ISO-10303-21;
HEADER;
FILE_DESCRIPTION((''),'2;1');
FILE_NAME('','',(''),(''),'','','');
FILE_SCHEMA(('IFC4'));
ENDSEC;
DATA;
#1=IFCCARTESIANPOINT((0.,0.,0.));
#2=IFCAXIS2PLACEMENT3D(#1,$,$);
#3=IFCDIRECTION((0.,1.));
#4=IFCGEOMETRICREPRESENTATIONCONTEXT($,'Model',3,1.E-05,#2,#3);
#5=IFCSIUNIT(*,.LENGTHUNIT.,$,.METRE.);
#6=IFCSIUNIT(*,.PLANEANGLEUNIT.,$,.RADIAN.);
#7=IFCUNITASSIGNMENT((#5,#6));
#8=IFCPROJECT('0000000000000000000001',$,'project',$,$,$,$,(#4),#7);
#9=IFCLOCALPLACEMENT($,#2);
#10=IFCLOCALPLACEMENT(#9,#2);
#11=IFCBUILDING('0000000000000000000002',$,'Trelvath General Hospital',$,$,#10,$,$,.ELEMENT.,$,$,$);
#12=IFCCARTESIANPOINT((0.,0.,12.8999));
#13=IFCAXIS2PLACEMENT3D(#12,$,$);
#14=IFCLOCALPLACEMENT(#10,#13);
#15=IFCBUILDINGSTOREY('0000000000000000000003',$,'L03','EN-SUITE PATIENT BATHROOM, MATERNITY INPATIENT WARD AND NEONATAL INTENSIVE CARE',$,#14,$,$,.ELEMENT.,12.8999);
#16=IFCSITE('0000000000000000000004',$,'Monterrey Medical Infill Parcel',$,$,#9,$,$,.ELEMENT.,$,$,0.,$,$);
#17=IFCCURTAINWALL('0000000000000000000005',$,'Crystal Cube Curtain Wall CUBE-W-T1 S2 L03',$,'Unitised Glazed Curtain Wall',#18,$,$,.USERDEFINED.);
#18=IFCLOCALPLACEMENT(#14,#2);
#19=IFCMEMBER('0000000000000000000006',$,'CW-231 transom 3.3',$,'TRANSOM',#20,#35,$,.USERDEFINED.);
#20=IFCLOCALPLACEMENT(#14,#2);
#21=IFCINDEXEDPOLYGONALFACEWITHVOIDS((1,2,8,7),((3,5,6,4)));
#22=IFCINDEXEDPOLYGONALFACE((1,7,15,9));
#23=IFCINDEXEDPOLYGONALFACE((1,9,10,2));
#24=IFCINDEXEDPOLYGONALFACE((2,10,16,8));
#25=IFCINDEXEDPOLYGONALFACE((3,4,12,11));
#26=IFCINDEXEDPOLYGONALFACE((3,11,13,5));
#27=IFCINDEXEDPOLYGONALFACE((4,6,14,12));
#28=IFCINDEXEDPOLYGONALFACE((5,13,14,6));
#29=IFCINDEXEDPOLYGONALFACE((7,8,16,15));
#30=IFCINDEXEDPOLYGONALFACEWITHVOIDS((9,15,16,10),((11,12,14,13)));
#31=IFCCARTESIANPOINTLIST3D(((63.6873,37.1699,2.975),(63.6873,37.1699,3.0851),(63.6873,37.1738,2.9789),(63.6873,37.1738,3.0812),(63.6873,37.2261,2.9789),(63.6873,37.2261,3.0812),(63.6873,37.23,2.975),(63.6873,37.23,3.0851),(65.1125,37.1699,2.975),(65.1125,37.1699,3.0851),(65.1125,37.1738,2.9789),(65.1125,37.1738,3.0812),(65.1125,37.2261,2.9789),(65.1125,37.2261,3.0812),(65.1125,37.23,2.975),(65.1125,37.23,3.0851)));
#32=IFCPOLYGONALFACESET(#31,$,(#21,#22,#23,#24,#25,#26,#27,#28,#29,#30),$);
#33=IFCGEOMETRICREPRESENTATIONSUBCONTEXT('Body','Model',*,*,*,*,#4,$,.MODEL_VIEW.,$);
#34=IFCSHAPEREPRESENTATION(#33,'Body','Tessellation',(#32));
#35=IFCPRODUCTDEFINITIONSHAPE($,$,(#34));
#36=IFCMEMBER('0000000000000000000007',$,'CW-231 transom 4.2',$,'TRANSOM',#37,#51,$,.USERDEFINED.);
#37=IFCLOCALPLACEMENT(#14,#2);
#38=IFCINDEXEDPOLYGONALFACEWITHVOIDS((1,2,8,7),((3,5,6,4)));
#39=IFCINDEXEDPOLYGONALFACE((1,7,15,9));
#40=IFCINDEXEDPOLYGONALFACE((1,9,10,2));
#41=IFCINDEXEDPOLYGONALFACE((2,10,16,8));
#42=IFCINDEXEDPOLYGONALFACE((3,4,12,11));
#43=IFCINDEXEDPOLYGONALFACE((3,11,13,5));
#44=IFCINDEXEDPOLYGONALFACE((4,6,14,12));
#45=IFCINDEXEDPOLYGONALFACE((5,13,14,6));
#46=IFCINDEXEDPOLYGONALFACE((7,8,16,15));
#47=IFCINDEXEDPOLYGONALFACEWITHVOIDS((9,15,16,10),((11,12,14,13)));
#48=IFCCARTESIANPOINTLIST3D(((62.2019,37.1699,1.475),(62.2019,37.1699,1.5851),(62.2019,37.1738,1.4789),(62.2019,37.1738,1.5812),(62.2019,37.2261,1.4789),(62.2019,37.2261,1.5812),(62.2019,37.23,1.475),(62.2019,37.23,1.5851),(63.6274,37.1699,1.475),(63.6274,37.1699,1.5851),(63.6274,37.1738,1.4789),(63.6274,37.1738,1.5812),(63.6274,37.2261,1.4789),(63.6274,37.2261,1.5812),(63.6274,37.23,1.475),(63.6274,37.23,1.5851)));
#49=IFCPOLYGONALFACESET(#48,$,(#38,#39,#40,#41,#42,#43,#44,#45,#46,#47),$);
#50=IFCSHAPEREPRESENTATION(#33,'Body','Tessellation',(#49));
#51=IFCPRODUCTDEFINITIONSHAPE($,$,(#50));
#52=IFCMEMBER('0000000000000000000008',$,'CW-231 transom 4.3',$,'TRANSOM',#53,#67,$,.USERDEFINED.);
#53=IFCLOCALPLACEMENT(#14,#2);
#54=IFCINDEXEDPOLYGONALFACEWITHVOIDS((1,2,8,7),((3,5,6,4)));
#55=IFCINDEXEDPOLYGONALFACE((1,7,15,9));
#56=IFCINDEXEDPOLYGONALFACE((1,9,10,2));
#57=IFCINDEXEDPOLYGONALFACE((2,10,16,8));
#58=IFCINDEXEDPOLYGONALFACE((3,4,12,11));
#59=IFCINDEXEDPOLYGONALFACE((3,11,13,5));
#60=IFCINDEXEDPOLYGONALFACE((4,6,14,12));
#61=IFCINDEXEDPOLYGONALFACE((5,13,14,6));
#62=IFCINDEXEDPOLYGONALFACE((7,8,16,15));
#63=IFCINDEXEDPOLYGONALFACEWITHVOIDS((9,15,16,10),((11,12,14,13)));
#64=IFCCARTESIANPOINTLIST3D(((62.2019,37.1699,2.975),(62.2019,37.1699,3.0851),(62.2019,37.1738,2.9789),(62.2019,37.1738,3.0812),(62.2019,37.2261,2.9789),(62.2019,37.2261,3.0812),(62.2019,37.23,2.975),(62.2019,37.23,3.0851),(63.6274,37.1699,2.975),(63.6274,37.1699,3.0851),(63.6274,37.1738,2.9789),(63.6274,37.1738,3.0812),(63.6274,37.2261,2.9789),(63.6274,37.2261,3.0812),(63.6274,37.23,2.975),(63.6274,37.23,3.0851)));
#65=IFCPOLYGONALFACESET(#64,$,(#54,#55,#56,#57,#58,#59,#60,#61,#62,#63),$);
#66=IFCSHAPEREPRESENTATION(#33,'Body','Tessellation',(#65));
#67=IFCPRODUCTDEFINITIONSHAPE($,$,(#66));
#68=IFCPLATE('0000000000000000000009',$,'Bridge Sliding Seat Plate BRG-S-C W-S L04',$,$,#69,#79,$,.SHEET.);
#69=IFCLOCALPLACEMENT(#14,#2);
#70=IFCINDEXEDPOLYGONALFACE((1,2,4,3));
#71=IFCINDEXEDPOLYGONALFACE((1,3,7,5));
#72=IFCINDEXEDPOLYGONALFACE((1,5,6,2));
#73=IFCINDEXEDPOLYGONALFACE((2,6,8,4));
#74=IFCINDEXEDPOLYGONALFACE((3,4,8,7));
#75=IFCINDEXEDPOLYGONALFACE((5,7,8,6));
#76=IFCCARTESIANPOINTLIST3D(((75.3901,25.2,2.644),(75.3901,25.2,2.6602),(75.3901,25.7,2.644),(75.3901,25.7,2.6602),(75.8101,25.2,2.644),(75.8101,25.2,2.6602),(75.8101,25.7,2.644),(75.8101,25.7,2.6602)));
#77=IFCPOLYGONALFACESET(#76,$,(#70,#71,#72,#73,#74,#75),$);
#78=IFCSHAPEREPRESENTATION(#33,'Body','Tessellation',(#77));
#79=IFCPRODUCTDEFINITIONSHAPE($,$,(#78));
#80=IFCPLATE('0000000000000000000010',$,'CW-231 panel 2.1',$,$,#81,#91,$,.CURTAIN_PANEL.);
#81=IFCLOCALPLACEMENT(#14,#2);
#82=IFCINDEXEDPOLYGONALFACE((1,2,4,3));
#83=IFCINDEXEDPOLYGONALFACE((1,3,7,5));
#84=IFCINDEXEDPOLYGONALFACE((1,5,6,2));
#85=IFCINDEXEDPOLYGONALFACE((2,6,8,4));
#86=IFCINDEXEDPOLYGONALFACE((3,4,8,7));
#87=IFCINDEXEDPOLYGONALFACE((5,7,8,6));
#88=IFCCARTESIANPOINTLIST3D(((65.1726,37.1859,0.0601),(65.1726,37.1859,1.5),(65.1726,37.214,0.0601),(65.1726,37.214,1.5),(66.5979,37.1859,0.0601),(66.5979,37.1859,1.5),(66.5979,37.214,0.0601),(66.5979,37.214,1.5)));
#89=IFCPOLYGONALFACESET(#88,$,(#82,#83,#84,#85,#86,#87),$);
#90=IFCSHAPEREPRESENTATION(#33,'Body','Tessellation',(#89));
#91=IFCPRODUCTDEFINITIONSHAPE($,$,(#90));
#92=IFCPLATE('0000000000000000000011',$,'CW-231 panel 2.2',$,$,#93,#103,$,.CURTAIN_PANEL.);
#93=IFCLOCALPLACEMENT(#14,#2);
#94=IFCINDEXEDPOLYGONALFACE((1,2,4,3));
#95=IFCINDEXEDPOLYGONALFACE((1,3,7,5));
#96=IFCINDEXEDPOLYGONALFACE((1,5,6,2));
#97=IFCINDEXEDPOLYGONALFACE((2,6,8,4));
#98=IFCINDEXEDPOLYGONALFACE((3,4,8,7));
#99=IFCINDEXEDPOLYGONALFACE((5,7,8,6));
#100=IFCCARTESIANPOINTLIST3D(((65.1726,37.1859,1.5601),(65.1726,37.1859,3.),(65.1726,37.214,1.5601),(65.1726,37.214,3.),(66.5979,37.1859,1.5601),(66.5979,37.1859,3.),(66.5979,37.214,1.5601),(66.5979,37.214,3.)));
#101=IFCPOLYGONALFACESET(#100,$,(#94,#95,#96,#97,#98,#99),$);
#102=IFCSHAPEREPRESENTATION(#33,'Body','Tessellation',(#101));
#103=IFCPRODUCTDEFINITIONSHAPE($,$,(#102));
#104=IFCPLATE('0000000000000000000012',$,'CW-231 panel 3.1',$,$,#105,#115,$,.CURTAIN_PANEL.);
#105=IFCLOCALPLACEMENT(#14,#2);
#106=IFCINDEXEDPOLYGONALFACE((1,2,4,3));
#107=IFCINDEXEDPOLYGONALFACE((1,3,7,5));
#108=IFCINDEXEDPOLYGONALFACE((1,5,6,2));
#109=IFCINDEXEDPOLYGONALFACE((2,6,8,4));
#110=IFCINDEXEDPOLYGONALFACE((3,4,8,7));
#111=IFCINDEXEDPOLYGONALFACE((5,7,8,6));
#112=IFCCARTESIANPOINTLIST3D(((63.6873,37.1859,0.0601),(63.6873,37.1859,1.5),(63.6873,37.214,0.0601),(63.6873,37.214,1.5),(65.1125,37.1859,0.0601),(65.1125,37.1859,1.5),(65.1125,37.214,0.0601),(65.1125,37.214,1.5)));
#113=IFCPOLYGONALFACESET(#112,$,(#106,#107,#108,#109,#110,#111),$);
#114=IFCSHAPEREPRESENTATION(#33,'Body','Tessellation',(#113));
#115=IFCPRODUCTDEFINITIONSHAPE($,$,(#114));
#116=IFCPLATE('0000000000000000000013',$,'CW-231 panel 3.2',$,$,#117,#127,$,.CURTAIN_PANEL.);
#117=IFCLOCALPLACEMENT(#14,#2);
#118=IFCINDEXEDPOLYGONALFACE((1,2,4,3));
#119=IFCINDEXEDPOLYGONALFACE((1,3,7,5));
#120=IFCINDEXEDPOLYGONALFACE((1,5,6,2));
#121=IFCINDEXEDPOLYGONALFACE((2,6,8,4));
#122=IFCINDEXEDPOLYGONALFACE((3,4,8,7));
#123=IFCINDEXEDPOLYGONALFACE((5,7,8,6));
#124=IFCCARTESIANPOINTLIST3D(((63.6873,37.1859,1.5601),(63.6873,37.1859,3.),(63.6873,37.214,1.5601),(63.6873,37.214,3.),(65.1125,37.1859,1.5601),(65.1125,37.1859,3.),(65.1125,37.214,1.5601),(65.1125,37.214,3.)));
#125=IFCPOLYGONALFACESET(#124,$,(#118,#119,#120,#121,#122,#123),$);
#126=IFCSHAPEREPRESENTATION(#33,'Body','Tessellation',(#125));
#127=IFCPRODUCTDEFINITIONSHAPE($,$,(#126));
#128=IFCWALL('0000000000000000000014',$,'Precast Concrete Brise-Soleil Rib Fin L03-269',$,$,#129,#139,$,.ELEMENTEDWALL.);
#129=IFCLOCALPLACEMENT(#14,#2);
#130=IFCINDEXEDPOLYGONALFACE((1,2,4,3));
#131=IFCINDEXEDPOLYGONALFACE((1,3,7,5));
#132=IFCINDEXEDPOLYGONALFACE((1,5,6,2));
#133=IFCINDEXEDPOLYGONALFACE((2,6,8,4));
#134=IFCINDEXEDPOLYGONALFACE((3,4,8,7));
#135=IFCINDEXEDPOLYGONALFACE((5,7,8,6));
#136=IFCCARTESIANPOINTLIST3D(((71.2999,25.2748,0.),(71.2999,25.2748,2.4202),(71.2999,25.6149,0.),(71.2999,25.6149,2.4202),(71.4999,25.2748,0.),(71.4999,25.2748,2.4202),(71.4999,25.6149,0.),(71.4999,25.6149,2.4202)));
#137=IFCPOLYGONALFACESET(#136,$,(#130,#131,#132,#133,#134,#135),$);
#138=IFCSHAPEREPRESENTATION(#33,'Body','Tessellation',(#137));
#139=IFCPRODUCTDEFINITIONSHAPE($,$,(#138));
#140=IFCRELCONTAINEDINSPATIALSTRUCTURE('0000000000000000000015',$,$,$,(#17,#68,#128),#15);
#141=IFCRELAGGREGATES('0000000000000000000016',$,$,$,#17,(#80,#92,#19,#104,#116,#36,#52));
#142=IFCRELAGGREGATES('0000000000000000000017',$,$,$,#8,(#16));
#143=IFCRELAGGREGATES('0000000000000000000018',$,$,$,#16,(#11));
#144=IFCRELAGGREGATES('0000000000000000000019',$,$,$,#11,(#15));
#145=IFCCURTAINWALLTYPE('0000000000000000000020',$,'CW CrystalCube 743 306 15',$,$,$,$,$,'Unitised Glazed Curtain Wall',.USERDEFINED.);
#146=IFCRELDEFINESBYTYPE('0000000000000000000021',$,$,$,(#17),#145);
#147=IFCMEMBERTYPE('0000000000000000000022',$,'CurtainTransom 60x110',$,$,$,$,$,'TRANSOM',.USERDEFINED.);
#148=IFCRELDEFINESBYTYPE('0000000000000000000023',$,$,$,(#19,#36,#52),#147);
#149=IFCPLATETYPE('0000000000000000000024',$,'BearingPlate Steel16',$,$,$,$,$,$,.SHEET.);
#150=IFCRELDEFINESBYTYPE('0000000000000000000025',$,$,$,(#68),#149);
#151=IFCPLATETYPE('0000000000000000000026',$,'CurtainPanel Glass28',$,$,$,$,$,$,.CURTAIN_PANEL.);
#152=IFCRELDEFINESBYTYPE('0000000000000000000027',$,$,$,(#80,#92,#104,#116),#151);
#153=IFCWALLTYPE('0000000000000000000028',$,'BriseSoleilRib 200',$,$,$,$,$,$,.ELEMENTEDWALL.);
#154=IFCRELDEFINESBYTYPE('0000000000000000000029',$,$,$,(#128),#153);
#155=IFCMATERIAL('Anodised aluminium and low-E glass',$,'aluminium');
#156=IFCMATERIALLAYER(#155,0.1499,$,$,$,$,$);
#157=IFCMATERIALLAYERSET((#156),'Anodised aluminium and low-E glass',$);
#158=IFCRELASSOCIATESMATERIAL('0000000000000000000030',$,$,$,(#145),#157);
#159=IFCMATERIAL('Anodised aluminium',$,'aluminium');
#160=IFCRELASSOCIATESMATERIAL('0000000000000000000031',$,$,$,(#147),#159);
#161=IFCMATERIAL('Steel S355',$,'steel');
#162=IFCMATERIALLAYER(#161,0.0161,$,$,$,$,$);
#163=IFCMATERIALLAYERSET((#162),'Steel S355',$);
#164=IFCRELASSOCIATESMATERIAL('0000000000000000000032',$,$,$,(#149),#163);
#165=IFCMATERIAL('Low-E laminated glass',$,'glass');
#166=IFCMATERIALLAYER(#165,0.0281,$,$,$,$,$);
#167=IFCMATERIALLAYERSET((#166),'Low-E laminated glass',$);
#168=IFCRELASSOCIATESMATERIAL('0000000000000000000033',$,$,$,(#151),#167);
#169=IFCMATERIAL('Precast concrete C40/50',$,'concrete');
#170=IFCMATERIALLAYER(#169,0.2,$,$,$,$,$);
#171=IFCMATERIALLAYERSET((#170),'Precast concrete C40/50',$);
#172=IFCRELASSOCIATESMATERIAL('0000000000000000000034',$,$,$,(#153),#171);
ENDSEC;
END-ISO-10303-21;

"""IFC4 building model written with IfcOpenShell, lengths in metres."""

from ifc_helpers import new_model, si_unit, direction, frame, frame_2d, origin, origin_2d, place, context, subcontext, project, spatial, rectangle, hollow_rectangle, extrude, material, layer, layer_set, material_profile, profile_set, type_object, element, aggregate, save


model = new_model("IFC4")

# Units and contexts
model_context = context("Model", 3, precision=1e-05, world=origin(), true_north=direction((0.0, 1.0)))
body_context = subcontext(model_context, "Body", "Model", "MODEL_VIEW")
ifc_project = project(units=[si_unit("LENGTHUNIT", "METRE"), si_unit("PLANEANGLEUNIT", "RADIAN")], contexts=[model_context])

# Site, building, storey
site_placement = place(None, origin())
site = spatial("IfcSite", under=ifc_project, at=site_placement, Name="Monterrey Medical Infill Parcel", CompositionType="ELEMENT", RefElevation=0.0)
building_placement = place(site_placement, origin())
building = spatial("IfcBuilding", under=site, at=building_placement, Name="Trelvath General Hospital", CompositionType="ELEMENT")
storey_placement = place(building_placement, frame((0.0, 0.0, 12.8999)))
storey = spatial("IfcBuildingStorey", under=building, at=storey_placement, Name="L03", Description="EN-SUITE PATIENT BATHROOM, MATERNITY INPATIENT WARD AND NEONATAL INTENSIVE CARE", CompositionType="ELEMENT", Elevation=12.8999)

# Curtain wall, members
ifc_material_1 = material(Name="Anodised aluminium and low-E glass", Category="aluminium")
ifc_layer_1 = layer(ifc_material_1, 0.1499)
ifc_layer_set_1 = layer_set([ifc_layer_1], Name="Anodised aluminium and low-E glass")
curtain_wall_type = type_object("IfcCurtainWallType", Name="CW CrystalCube 743 306 15", ElementType="Unitised Glazed Curtain Wall", PredefinedType="USERDEFINED", material=ifc_layer_set_1)
curtain_wall_placement = place(storey_placement, origin())
curtain_wall = element("IfcCurtainWall", 1, at=curtain_wall_placement, inside=storey, type_object=curtain_wall_type, Name="Crystal Cube Curtain Wall CUBE-W-T1 S2 L03", ObjectType="Unitised Glazed Curtain Wall", PredefinedType="USERDEFINED")
ifc_material_2 = material(Name="Anodised aluminium", Category="aluminium")
ifc_material_profile_1 = material_profile(ifc_material_2, hollow_rectangle(XDim=0.0601, YDim=0.1101, WallThickness=0.0039, at=origin_2d()), Name="RHS60x110x4")
ifc_profile_set_1 = profile_set([ifc_material_profile_1], Name="Anodised aluminium")
member_type_1 = type_object("IfcMemberType", Name="CurtainTransom 60x110", ElementType="TRANSOM", PredefinedType="USERDEFINED", material=ifc_profile_set_1)
member_1_placement = place(storey_placement, frame((65.1125, 37.2, 3.03), z_axis=(-1.0, 0.0, 0.0), x_axis=(0.0, -1.0, 0.0)))
member_1 = element("IfcMember", 2, at=member_1_placement, type_object=member_type_1, Name="CW-231 transom 3.3", ObjectType="TRANSOM", PredefinedType="USERDEFINED", context=body_context, shape_type="SweptSolid", body=[
    extrude(hollow_rectangle(XDim=0.0601, YDim=0.1101, WallThickness=0.0039, at=origin_2d()), origin(), (0.0, 0.0, 1.0), 1.4253),
])
member_2_placement = place(storey_placement, frame((63.6274, 37.2, 1.53), z_axis=(-1.0, 0.0, 0.0), x_axis=(0.0, -1.0, 0.0)))
member_2 = element("IfcMember", 3, at=member_2_placement, type_object=member_type_1, Name="CW-231 transom 4.2", ObjectType="TRANSOM", PredefinedType="USERDEFINED", context=body_context, shape_type="SweptSolid", body=[
    extrude(hollow_rectangle(XDim=0.0601, YDim=0.1101, WallThickness=0.0039, at=origin_2d()), origin(), (0.0, 0.0, 1.0), 1.4255),
])
member_3_placement = place(storey_placement, frame((63.6274, 37.2, 3.03), z_axis=(-1.0, 0.0, 0.0), x_axis=(0.0, -1.0, 0.0)))
member_3 = element("IfcMember", 4, at=member_3_placement, type_object=member_type_1, Name="CW-231 transom 4.3", ObjectType="TRANSOM", PredefinedType="USERDEFINED", context=body_context, shape_type="SweptSolid", body=[
    extrude(hollow_rectangle(XDim=0.0601, YDim=0.1101, WallThickness=0.0039, at=origin_2d()), origin(), (0.0, 0.0, 1.0), 1.4255),
])

# Plates
ifc_material_3 = material(Name="Steel S355", Category="steel")
ifc_layer_2 = layer(ifc_material_3, 0.0161)
ifc_layer_set_2 = layer_set([ifc_layer_2], Name="Steel S355")
plate_type_1 = type_object("IfcPlateType", Name="BearingPlate Steel16", PredefinedType="SHEET", material=ifc_layer_set_2)
plate_1_placement = place(storey_placement, frame((75.6001, 25.45, 2.644), z_axis=(0.0, 0.0, 1.0), x_axis=(1.0, 0.0, 0.0)))
element("IfcPlate", 5, at=plate_1_placement, inside=storey, type_object=plate_type_1, Name="Bridge Sliding Seat Plate BRG-S-C W-S L04", PredefinedType="SHEET", context=body_context, shape_type="SweptSolid", body=[
    extrude(rectangle(XDim=0.4199, YDim=0.5, at=origin_2d()), origin(), (0.0, 0.0, 1.0), 0.0161),
])
ifc_material_4 = material(Name="Low-E laminated glass", Category="glass")
ifc_layer_3 = layer(ifc_material_4, 0.0281)
ifc_layer_set_3 = layer_set([ifc_layer_3], Name="Low-E laminated glass")
plate_type_2 = type_object("IfcPlateType", Name="CurtainPanel Glass28", PredefinedType="CURTAIN_PANEL", material=ifc_layer_set_3)
plate_2_placement = place(storey_placement, frame((65.8853, 37.2, 0.0601), z_axis=(0.0, 0.0, 1.0), x_axis=(-1.0, 0.0, 0.0)))
plate_2 = element("IfcPlate", 6, at=plate_2_placement, type_object=plate_type_2, Name="CW-231 panel 2.1", PredefinedType="CURTAIN_PANEL", context=body_context, shape_type="SweptSolid", body=[
    extrude(rectangle(XDim=1.4253, YDim=0.0281, at=origin_2d()), origin(), (0.0, 0.0, 1.0), 1.4399),
])
plate_3_placement = place(storey_placement, frame((65.8853, 37.2, 1.5601), z_axis=(0.0, 0.0, 1.0), x_axis=(-1.0, 0.0, 0.0)))
plate_3 = element("IfcPlate", 7, at=plate_3_placement, type_object=plate_type_2, Name="CW-231 panel 2.2", PredefinedType="CURTAIN_PANEL", context=body_context, shape_type="SweptSolid", body=[
    extrude(rectangle(XDim=1.4253, YDim=0.0281, at=origin_2d()), origin(), (0.0, 0.0, 1.0), 1.4399),
])
plate_4_placement = place(storey_placement, frame((64.3999, 37.2, 0.0601), z_axis=(0.0, 0.0, 1.0), x_axis=(-1.0, 0.0, 0.0)))
plate_4 = element("IfcPlate", 8, at=plate_4_placement, type_object=plate_type_2, Name="CW-231 panel 3.1", PredefinedType="CURTAIN_PANEL", context=body_context, shape_type="SweptSolid", body=[
    extrude(rectangle(XDim=1.4253, YDim=0.0281, at=origin_2d()), origin(), (0.0, 0.0, 1.0), 1.4399),
])
plate_5_placement = place(storey_placement, frame((64.3999, 37.2, 1.5601), z_axis=(0.0, 0.0, 1.0), x_axis=(-1.0, 0.0, 0.0)))
plate_5 = element("IfcPlate", 9, at=plate_5_placement, type_object=plate_type_2, Name="CW-231 panel 3.2", PredefinedType="CURTAIN_PANEL", context=body_context, shape_type="SweptSolid", body=[
    extrude(rectangle(XDim=1.4253, YDim=0.0281, at=origin_2d()), origin(), (0.0, 0.0, 1.0), 1.4399),
])
aggregate(curtain_wall, [plate_2, plate_3, member_1, plate_4, plate_5, member_2, member_3])

# Wall
ifc_material_5 = material(Name="Precast concrete C40/50", Category="concrete")
ifc_layer_4 = layer(ifc_material_5, 0.2)
ifc_layer_set_4 = layer_set([ifc_layer_4], Name="Precast concrete C40/50")
wall_type_1 = type_object("IfcWallType", Name="BriseSoleilRib 200", PredefinedType="ELEMENTEDWALL", material=ifc_layer_set_4)
wall_1_placement = place(storey_placement, frame((71.3999, 25.2749, 0.0), z_axis=(0.0, 0.0, 1.0), x_axis=(0.0, 1.0, 0.0)))
element("IfcWall", 10, at=wall_1_placement, inside=storey, type_object=wall_type_1, Name="Precast Concrete Brise-Soleil Rib Fin L03-269", PredefinedType="ELEMENTEDWALL", context=body_context, shape_type="SweptSolid", body=[
    extrude(rectangle(XDim=0.3401, YDim=0.2, at=frame_2d((0.1699, 0.0))), origin(), (0.0, 0.0, 1.0), 2.4202),
])

save(model, "model.ifc")
